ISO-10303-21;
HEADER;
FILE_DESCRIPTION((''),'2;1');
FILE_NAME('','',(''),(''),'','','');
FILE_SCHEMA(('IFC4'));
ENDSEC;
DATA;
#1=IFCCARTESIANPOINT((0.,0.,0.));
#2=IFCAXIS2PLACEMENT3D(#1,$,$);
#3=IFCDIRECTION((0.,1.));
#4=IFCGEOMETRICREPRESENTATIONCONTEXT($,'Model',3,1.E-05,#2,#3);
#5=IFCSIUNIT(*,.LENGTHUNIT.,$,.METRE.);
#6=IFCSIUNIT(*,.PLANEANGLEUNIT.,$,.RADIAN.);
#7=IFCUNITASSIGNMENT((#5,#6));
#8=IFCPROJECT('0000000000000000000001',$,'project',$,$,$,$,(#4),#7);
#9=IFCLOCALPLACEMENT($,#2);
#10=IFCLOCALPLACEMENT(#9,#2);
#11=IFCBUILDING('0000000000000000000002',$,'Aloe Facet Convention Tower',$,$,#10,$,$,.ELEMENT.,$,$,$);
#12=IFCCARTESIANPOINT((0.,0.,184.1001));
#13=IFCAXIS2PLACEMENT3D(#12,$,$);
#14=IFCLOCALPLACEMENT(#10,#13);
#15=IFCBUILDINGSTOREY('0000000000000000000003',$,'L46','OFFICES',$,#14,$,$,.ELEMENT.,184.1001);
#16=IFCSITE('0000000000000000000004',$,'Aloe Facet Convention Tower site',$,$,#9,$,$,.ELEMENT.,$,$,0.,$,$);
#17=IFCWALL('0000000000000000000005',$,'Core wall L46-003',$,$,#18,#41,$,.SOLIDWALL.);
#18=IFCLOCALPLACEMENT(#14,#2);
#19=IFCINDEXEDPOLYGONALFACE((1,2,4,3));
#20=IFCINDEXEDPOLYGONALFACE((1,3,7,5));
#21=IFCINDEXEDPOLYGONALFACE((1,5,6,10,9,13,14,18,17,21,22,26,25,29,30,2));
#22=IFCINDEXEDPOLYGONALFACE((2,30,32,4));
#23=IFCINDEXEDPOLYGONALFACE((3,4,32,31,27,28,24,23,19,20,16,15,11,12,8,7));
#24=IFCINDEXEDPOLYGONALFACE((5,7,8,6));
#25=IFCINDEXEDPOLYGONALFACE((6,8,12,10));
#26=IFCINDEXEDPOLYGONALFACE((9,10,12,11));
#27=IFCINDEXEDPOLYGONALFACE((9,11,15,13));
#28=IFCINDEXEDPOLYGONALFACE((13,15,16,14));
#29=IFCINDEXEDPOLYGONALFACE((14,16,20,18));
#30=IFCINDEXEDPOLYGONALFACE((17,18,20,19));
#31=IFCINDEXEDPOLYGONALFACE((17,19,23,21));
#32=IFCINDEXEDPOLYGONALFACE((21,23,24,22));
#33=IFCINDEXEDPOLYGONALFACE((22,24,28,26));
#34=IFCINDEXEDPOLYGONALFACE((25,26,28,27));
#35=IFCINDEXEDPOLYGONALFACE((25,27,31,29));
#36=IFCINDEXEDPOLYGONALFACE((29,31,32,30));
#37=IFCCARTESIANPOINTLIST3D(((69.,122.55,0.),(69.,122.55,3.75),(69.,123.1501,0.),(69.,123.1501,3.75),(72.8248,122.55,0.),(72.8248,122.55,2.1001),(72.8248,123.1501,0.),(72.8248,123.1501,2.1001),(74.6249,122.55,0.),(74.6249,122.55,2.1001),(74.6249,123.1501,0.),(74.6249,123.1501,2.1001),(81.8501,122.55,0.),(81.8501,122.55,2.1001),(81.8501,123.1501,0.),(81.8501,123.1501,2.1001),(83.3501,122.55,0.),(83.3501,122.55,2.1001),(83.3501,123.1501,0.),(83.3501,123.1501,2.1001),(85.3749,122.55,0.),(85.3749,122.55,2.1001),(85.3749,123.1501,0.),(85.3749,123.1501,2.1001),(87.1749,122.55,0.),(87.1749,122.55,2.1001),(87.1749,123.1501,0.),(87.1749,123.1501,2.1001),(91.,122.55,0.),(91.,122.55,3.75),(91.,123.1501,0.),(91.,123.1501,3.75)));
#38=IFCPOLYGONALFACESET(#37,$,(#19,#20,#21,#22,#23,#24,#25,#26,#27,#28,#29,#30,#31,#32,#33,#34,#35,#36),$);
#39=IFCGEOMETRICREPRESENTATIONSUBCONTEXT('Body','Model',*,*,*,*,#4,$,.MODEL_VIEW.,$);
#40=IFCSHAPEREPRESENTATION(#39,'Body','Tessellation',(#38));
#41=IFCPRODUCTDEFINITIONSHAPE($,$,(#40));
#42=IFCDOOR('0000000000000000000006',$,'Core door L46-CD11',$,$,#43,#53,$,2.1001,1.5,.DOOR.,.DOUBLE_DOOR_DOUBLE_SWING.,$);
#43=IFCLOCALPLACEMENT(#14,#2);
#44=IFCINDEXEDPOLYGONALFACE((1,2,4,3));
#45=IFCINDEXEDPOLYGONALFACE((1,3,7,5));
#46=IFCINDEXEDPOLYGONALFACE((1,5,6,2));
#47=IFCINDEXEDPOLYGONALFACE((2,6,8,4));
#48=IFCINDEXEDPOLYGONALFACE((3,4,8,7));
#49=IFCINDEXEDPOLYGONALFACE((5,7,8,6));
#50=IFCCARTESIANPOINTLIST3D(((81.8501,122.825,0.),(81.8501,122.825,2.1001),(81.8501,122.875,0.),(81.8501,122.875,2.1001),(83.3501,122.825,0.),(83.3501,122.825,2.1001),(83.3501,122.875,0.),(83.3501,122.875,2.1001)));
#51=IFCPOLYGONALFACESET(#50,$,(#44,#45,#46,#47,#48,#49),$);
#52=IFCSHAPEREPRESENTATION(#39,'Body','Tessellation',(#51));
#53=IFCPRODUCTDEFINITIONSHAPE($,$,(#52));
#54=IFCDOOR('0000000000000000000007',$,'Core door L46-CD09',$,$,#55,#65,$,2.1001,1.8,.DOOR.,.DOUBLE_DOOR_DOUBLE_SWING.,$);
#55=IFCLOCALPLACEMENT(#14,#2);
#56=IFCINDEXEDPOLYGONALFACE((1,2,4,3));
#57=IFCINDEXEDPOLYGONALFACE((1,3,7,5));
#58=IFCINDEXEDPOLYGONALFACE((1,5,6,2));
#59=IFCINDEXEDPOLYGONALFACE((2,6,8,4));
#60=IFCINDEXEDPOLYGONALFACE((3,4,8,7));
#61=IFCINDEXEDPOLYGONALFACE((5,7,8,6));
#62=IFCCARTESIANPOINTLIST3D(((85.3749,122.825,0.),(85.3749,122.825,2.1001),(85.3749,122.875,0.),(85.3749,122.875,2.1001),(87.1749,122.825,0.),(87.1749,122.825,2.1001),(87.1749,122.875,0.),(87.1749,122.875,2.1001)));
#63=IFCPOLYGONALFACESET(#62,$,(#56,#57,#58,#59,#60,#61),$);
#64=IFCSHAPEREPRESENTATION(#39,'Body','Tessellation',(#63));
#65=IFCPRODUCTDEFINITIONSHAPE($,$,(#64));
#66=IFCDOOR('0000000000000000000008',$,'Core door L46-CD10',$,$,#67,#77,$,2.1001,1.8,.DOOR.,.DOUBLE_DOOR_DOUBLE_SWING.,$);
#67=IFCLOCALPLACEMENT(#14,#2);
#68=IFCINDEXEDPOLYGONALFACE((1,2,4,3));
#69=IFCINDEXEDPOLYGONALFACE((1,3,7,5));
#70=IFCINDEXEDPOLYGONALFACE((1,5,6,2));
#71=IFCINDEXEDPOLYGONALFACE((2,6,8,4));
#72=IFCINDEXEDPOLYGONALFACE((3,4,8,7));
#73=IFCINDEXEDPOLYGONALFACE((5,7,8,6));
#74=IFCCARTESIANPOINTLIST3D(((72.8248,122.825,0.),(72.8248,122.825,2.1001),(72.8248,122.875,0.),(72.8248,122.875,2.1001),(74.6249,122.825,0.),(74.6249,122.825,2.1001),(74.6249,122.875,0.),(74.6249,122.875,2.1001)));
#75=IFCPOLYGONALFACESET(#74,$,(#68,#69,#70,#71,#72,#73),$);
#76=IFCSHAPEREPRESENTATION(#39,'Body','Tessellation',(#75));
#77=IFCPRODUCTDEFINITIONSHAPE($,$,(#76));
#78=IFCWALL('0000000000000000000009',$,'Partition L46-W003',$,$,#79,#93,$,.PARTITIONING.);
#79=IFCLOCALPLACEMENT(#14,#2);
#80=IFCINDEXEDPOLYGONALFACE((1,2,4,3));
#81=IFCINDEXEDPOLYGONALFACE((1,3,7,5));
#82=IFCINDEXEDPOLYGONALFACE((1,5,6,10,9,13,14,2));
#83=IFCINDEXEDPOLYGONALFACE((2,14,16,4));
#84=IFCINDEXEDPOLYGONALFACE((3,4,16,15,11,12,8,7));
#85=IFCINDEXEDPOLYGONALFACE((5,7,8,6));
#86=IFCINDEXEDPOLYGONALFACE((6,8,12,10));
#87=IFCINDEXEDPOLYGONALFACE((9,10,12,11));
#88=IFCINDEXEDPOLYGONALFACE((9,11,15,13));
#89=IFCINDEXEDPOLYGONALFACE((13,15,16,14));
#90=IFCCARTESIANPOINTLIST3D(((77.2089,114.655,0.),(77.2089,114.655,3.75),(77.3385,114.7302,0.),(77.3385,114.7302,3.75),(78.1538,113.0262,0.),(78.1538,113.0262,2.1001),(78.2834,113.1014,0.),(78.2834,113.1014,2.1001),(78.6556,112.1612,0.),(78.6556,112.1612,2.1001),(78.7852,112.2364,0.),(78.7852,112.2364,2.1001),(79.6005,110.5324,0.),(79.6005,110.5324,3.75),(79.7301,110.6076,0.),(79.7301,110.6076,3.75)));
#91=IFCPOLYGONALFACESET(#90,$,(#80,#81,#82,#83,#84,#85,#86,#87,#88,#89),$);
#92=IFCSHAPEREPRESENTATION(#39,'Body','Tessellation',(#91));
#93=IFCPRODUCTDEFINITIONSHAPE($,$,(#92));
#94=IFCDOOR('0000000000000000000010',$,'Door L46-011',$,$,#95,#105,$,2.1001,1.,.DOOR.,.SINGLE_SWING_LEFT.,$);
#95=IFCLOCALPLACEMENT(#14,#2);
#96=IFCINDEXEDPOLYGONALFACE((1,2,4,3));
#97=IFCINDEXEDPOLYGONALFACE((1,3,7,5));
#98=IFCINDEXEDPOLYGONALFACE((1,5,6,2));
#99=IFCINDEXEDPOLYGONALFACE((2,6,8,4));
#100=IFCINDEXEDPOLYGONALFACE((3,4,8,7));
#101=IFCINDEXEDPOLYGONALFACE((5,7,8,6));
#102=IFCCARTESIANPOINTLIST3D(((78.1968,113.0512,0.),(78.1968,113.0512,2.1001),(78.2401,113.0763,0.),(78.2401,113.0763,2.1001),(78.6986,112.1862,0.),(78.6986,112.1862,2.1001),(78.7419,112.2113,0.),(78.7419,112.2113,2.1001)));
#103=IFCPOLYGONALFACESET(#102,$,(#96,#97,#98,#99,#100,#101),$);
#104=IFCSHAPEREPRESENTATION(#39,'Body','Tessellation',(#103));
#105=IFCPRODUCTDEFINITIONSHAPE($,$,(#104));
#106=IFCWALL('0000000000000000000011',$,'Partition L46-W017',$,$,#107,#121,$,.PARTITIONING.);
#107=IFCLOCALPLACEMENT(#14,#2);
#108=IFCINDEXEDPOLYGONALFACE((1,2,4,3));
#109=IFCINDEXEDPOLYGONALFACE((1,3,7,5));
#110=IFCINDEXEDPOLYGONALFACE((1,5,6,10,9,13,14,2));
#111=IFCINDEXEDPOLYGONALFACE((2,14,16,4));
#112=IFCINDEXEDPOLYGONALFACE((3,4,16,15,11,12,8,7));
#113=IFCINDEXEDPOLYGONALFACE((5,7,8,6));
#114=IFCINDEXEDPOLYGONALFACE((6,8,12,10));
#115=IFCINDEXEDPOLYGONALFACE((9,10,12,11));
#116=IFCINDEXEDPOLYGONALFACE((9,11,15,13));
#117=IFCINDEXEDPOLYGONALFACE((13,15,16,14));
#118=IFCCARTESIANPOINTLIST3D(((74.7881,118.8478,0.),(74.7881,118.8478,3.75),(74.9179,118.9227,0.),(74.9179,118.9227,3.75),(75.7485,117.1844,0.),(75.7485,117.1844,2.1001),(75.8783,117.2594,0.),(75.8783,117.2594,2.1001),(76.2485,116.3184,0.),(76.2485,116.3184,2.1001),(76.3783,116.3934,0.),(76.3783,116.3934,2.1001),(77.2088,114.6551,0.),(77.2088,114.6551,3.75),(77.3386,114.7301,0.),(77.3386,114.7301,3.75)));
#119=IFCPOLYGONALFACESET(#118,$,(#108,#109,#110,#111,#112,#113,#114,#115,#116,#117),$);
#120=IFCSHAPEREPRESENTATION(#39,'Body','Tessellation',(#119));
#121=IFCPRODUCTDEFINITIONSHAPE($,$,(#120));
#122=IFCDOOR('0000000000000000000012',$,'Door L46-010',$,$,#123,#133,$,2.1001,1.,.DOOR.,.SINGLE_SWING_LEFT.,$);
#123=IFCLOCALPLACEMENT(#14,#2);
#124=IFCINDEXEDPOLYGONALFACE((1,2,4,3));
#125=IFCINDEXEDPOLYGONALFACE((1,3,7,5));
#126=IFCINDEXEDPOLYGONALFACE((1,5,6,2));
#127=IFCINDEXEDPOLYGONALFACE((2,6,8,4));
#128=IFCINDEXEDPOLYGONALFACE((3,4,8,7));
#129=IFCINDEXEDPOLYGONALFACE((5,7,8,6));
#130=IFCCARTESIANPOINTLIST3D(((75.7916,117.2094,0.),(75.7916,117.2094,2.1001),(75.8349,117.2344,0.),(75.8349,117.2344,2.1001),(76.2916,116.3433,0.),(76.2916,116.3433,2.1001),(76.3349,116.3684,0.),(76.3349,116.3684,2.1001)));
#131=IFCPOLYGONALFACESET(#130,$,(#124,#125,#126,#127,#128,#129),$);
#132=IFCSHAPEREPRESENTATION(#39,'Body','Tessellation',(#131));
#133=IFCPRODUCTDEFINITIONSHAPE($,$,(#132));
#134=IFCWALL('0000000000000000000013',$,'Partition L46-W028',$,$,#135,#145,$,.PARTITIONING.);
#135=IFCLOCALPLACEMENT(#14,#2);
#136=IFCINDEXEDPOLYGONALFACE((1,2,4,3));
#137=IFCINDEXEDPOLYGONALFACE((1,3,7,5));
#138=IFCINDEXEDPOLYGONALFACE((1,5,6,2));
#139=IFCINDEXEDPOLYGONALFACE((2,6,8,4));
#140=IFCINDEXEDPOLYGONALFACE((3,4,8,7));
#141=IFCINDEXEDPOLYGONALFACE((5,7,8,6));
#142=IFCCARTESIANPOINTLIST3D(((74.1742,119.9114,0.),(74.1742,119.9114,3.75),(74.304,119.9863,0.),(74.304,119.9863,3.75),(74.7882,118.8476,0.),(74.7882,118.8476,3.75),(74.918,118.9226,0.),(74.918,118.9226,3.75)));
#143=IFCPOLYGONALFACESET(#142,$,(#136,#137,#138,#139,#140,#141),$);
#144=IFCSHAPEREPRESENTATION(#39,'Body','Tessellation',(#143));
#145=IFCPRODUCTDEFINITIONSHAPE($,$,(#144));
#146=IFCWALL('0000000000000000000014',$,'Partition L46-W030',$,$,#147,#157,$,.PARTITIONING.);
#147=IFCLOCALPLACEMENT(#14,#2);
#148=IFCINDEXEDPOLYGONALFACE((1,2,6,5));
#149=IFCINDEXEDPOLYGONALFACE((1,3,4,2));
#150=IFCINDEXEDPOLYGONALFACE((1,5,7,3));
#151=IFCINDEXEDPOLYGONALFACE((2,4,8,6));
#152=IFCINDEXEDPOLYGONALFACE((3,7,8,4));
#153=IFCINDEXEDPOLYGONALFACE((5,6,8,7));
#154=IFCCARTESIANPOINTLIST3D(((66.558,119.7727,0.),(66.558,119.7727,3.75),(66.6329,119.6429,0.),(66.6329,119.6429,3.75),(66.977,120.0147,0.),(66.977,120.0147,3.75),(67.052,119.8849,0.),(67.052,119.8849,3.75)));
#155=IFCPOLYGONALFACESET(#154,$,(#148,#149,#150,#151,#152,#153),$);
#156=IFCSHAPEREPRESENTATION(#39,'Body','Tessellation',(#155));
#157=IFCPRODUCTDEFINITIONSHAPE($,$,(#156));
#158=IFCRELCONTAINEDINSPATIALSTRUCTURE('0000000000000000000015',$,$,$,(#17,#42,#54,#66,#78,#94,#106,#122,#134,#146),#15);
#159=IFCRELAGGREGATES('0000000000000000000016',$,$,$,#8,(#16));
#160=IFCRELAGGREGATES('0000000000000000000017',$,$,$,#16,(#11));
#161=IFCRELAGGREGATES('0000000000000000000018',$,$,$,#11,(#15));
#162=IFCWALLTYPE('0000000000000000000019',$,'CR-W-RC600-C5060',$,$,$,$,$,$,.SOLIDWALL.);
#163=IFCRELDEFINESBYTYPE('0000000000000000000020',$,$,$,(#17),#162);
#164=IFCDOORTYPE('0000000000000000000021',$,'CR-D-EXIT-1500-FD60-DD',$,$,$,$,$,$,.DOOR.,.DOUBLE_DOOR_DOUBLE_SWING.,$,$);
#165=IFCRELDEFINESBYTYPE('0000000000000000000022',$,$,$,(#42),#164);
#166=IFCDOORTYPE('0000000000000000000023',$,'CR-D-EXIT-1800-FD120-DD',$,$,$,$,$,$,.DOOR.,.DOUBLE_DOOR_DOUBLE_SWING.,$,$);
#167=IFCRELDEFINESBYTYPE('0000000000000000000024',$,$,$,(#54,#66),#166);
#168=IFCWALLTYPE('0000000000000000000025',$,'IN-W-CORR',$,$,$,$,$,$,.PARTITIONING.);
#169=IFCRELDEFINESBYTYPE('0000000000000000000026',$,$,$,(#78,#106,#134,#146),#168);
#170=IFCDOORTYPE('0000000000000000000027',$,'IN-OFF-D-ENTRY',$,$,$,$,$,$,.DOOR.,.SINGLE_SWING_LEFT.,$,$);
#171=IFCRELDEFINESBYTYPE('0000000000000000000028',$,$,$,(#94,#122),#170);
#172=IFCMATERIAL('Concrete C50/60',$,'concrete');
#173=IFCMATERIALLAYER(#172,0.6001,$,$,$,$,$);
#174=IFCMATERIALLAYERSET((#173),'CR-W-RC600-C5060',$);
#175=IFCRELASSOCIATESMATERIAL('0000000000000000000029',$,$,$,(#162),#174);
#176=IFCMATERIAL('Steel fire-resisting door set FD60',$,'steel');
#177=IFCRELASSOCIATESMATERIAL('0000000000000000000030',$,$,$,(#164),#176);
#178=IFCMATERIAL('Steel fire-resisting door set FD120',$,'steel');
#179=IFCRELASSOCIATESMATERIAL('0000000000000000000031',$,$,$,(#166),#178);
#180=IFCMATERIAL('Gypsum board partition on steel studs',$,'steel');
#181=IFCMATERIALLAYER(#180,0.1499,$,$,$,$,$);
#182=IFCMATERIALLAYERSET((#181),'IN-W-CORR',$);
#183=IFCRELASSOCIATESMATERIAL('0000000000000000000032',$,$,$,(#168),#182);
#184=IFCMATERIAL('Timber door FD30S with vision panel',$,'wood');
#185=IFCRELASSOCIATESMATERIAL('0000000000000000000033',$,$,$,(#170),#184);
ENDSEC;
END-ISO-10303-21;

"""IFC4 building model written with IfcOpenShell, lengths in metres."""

from ifc_helpers import new_model, si_unit, direction, frame, frame_2d, origin, place, context, subcontext, project, spatial, rectangle, extrude, material, layer, layer_set, type_object, element, fill, save


model = new_model("IFC4")

# Units and contexts
model_context = context("Model", 3, precision=1e-05, world=origin(), true_north=direction((0.0, 1.0)))
body_context = subcontext(model_context, "Body", "Model", "MODEL_VIEW")
ifc_project = project(units=[si_unit("LENGTHUNIT", "METRE"), si_unit("PLANEANGLEUNIT", "RADIAN")], contexts=[model_context])

# Site, building, storey
site_placement = place(None, origin())
site = spatial("IfcSite", under=ifc_project, at=site_placement, Name="Aloe Facet Convention Tower site", CompositionType="ELEMENT", RefElevation=0.0)
building_placement = place(site_placement, origin())
building = spatial("IfcBuilding", under=site, at=building_placement, Name="Aloe Facet Convention Tower", CompositionType="ELEMENT")
storey_placement = place(building_placement, frame((0.0, 0.0, 184.1001)))
storey = spatial("IfcBuildingStorey", under=building, at=storey_placement, Name="L46", Description="OFFICES", CompositionType="ELEMENT", Elevation=184.1001)

# Wall, openings, doors
ifc_material_1 = material(Name="Concrete C50/60", Category="concrete")
ifc_layer_1 = layer(ifc_material_1, 0.6001)
ifc_layer_set_1 = layer_set([ifc_layer_1], Name="CR-W-RC600-C5060")
wall_type_1 = type_object("IfcWallType", Name="CR-W-RC600-C5060", PredefinedType="SOLIDWALL", material=ifc_layer_set_1)
wall_1_placement = place(storey_placement, frame((69.0, 122.8501, 0.0), z_axis=(0.0, 0.0, 1.0), x_axis=(1.0, 0.0, 0.0)))
wall_1 = element("IfcWall", 1, at=wall_1_placement, inside=storey, type_object=wall_type_1, Name="Core wall L46-003", PredefinedType="SOLIDWALL", context=body_context, shape_type="SweptSolid", body=[
    extrude(rectangle(XDim=22.0, YDim=0.6001, at=frame_2d((11.0, 0.0))), origin(), (0.0, 0.0, 1.0), 3.75),
])
opening_1_placement = place(wall_1_placement, frame((16.375, 0.0, 0.0)))
opening_1 = element("IfcOpeningElement", 2, at=opening_1_placement, cuts=wall_1, PredefinedType="OPENING", context=body_context, shape_type="SweptSolid", body=[
    extrude(rectangle(XDim=1.8, YDim=2.1001, at=frame_2d((0.8999, 1.05))), frame((0.0, 0.3101, 0.0), z_axis=(0.0, -1.0, 0.0), x_axis=(1.0, 0.0, 0.0)), (0.0, 0.0, 1.0), 0.6201),
])
opening_2_placement = place(wall_1_placement, frame((3.825, 0.0, 0.0)))
opening_2 = element("IfcOpeningElement", 3, at=opening_2_placement, cuts=wall_1, PredefinedType="OPENING", context=body_context, shape_type="SweptSolid", body=[
    extrude(rectangle(XDim=1.8, YDim=2.1001, at=frame_2d((0.8999, 1.05))), frame((0.0, 0.3101, 0.0), z_axis=(0.0, -1.0, 0.0), x_axis=(1.0, 0.0, 0.0)), (0.0, 0.0, 1.0), 0.6201),
])
opening_3_placement = place(wall_1_placement, frame((12.8501, 0.0, 0.0)))
opening_3 = element("IfcOpeningElement", 4, at=opening_3_placement, cuts=wall_1, PredefinedType="OPENING", context=body_context, shape_type="SweptSolid", body=[
    extrude(rectangle(XDim=1.5, YDim=2.1001, at=frame_2d((0.75, 1.05))), frame((0.0, 0.3101, 0.0), z_axis=(0.0, -1.0, 0.0), x_axis=(1.0, 0.0, 0.0)), (0.0, 0.0, 1.0), 0.6201),
])
ifc_material_2 = material(Name="Steel fire-resisting door set FD60", Category="steel")
door_type_1 = type_object("IfcDoorType", Name="CR-D-EXIT-1500-FD60-DD", OperationType="DOUBLE_DOOR_DOUBLE_SWING", PredefinedType="DOOR", material=ifc_material_2)
door_1_placement = place(opening_3_placement, origin())
door_1 = element("IfcDoor", 5, at=door_1_placement, inside=storey, type_object=door_type_1, Name="Core door L46-CD11", OperationType="DOUBLE_DOOR_DOUBLE_SWING", OverallHeight=2.1001, OverallWidth=1.5, PredefinedType="DOOR", context=body_context, shape_type="SweptSolid", body=[
    extrude(rectangle(XDim=1.5, YDim=2.1001, at=frame_2d((0.75, 1.05))), frame((0.0, 0.0249, 0.0), z_axis=(0.0, -1.0, 0.0), x_axis=(1.0, 0.0, 0.0)), (0.0, 0.0, 1.0), 0.05),
])
fill(opening_3, door_1)
ifc_material_3 = material(Name="Steel fire-resisting door set FD120", Category="steel")
door_type_2 = type_object("IfcDoorType", Name="CR-D-EXIT-1800-FD120-DD", OperationType="DOUBLE_DOOR_DOUBLE_SWING", PredefinedType="DOOR", material=ifc_material_3)
door_2_placement = place(opening_1_placement, origin())
door_2 = element("IfcDoor", 6, at=door_2_placement, inside=storey, type_object=door_type_2, Name="Core door L46-CD09", OperationType="DOUBLE_DOOR_DOUBLE_SWING", OverallHeight=2.1001, OverallWidth=1.8, PredefinedType="DOOR", context=body_context, shape_type="SweptSolid", body=[
    extrude(rectangle(XDim=1.8, YDim=2.1001, at=frame_2d((0.8999, 1.05))), frame((0.0, 0.0249, 0.0), z_axis=(0.0, -1.0, 0.0), x_axis=(1.0, 0.0, 0.0)), (0.0, 0.0, 1.0), 0.05),
])
fill(opening_1, door_2)
door_3_placement = place(opening_2_placement, origin())
door_3 = element("IfcDoor", 7, at=door_3_placement, inside=storey, type_object=door_type_2, Name="Core door L46-CD10", OperationType="DOUBLE_DOOR_DOUBLE_SWING", OverallHeight=2.1001, OverallWidth=1.8, PredefinedType="DOOR", context=body_context, shape_type="SweptSolid", body=[
    extrude(rectangle(XDim=1.8, YDim=2.1001, at=frame_2d((0.8999, 1.05))), frame((0.0, 0.0249, 0.0), z_axis=(0.0, -1.0, 0.0), x_axis=(1.0, 0.0, 0.0)), (0.0, 0.0, 1.0), 0.05),
])
fill(opening_2, door_3)

# Walls, openings, doors
ifc_material_4 = material(Name="Gypsum board partition on steel studs", Category="steel")
ifc_layer_2 = layer(ifc_material_4, 0.1499)
ifc_layer_set_2 = layer_set([ifc_layer_2], Name="IN-W-CORR")
wall_type_2 = type_object("IfcWallType", Name="IN-W-CORR", PredefinedType="PARTITIONING", material=ifc_layer_set_2)
wall_2_placement = place(storey_placement, frame((77.2737, 114.6926, 0.0), z_axis=(0.0, 0.0, 1.0), x_axis=(0.501799, -0.864984, 0.0)))
wall_2 = element("IfcWall", 8, at=wall_2_placement, inside=storey, type_object=wall_type_2, Name="Partition L46-W003", PredefinedType="PARTITIONING", context=body_context, shape_type="SweptSolid", body=[
    extrude(rectangle(XDim=4.7661, YDim=0.1499, at=frame_2d((2.3831, 0.0))), origin(), (0.0, 0.0, 1.0), 3.75),
])
opening_4_placement = place(wall_2_placement, frame((1.8831, 0.0, 0.0)))
opening_4 = element("IfcOpeningElement", 9, at=opening_4_placement, cuts=wall_2, PredefinedType="OPENING", context=body_context, shape_type="SweptSolid", body=[
    extrude(rectangle(XDim=1.0, YDim=2.1001, at=frame_2d((0.5, 1.05))), frame((0.0, 0.085, 0.0), z_axis=(0.0, -1.0, 0.0), x_axis=(1.0, 0.0, 0.0)), (0.0, 0.0, 1.0), 0.1699),
])
ifc_material_5 = material(Name="Timber door FD30S with vision panel", Category="wood")
door_type_3 = type_object("IfcDoorType", Name="IN-OFF-D-ENTRY", OperationType="SINGLE_SWING_LEFT", PredefinedType="DOOR", material=ifc_material_5)
door_4_placement = place(opening_4_placement, origin())
door_4 = element("IfcDoor", 10, at=door_4_placement, inside=storey, type_object=door_type_3, Name="Door L46-011", OperationType="SINGLE_SWING_LEFT", OverallHeight=2.1001, OverallWidth=1.0, PredefinedType="DOOR", context=body_context, shape_type="SweptSolid", body=[
    extrude(rectangle(XDim=1.0, YDim=2.1001, at=frame_2d((0.5, 1.05))), frame((0.0, 0.0249, 0.0), z_axis=(0.0, -1.0, 0.0), x_axis=(1.0, 0.0, 0.0)), (0.0, 0.0, 1.0), 0.05),
])
fill(opening_4, door_4)
wall_3_placement = place(storey_placement, frame((74.853, 118.8853, 0.0), z_axis=(0.0, 0.0, 1.0), x_axis=(0.500006, -0.866022, 0.0)))
wall_3 = element("IfcWall", 11, at=wall_3_placement, inside=storey, type_object=wall_type_2, Name="Partition L46-W017", PredefinedType="PARTITIONING", context=body_context, shape_type="SweptSolid", body=[
    extrude(rectangle(XDim=4.8413, YDim=0.1499, at=frame_2d((2.4207, 0.0))), origin(), (0.0, 0.0, 1.0), 3.75),
])
opening_5_placement = place(wall_3_placement, frame((1.9207, 0.0, 0.0)))
opening_5 = element("IfcOpeningElement", 12, at=opening_5_placement, cuts=wall_3, PredefinedType="OPENING", context=body_context, shape_type="SweptSolid", body=[
    extrude(rectangle(XDim=1.0, YDim=2.1001, at=frame_2d((0.5, 1.05))), frame((0.0, 0.085, 0.0), z_axis=(0.0, -1.0, 0.0), x_axis=(1.0, 0.0, 0.0)), (0.0, 0.0, 1.0), 0.1699),
])
door_5_placement = place(opening_5_placement, origin())
door_5 = element("IfcDoor", 13, at=door_5_placement, inside=storey, type_object=door_type_3, Name="Door L46-010", OperationType="SINGLE_SWING_LEFT", OverallHeight=2.1001, OverallWidth=1.0, PredefinedType="DOOR", context=body_context, shape_type="SweptSolid", body=[
    extrude(rectangle(XDim=1.0, YDim=2.1001, at=frame_2d((0.5, 1.05))), frame((0.0, 0.0249, 0.0), z_axis=(0.0, -1.0, 0.0), x_axis=(1.0, 0.0, 0.0)), (0.0, 0.0, 1.0), 0.05),
])
fill(opening_5, door_5)

# Walls
wall_4_placement = place(storey_placement, frame((74.239, 119.949, 0.0), z_axis=(0.0, 0.0, 1.0), x_axis=(0.499923, -0.86607, 0.0)))
element("IfcWall", 14, at=wall_4_placement, inside=storey, type_object=wall_type_2, Name="Partition L46-W028", PredefinedType="PARTITIONING", context=body_context, shape_type="SweptSolid", body=[
    extrude(rectangle(XDim=1.2283, YDim=0.1499, at=frame_2d((0.6143, 0.0))), origin(), (0.0, 0.0, 1.0), 3.75),
])
wall_5_placement = place(storey_placement, frame((66.5955, 119.7078, 0.0), z_axis=(0.0, 0.0, 1.0), x_axis=(0.865967, 0.500101, 0.0)))
element("IfcWall", 15, at=wall_5_placement, inside=storey, type_object=wall_type_2, Name="Partition L46-W030", PredefinedType="PARTITIONING", context=body_context, shape_type="SweptSolid", body=[
    extrude(rectangle(XDim=0.4839, YDim=0.1499, at=frame_2d((0.2419, 0.0))), origin(), (0.0, 0.0, 1.0), 3.75),
])

save(model, "model.ifc")
